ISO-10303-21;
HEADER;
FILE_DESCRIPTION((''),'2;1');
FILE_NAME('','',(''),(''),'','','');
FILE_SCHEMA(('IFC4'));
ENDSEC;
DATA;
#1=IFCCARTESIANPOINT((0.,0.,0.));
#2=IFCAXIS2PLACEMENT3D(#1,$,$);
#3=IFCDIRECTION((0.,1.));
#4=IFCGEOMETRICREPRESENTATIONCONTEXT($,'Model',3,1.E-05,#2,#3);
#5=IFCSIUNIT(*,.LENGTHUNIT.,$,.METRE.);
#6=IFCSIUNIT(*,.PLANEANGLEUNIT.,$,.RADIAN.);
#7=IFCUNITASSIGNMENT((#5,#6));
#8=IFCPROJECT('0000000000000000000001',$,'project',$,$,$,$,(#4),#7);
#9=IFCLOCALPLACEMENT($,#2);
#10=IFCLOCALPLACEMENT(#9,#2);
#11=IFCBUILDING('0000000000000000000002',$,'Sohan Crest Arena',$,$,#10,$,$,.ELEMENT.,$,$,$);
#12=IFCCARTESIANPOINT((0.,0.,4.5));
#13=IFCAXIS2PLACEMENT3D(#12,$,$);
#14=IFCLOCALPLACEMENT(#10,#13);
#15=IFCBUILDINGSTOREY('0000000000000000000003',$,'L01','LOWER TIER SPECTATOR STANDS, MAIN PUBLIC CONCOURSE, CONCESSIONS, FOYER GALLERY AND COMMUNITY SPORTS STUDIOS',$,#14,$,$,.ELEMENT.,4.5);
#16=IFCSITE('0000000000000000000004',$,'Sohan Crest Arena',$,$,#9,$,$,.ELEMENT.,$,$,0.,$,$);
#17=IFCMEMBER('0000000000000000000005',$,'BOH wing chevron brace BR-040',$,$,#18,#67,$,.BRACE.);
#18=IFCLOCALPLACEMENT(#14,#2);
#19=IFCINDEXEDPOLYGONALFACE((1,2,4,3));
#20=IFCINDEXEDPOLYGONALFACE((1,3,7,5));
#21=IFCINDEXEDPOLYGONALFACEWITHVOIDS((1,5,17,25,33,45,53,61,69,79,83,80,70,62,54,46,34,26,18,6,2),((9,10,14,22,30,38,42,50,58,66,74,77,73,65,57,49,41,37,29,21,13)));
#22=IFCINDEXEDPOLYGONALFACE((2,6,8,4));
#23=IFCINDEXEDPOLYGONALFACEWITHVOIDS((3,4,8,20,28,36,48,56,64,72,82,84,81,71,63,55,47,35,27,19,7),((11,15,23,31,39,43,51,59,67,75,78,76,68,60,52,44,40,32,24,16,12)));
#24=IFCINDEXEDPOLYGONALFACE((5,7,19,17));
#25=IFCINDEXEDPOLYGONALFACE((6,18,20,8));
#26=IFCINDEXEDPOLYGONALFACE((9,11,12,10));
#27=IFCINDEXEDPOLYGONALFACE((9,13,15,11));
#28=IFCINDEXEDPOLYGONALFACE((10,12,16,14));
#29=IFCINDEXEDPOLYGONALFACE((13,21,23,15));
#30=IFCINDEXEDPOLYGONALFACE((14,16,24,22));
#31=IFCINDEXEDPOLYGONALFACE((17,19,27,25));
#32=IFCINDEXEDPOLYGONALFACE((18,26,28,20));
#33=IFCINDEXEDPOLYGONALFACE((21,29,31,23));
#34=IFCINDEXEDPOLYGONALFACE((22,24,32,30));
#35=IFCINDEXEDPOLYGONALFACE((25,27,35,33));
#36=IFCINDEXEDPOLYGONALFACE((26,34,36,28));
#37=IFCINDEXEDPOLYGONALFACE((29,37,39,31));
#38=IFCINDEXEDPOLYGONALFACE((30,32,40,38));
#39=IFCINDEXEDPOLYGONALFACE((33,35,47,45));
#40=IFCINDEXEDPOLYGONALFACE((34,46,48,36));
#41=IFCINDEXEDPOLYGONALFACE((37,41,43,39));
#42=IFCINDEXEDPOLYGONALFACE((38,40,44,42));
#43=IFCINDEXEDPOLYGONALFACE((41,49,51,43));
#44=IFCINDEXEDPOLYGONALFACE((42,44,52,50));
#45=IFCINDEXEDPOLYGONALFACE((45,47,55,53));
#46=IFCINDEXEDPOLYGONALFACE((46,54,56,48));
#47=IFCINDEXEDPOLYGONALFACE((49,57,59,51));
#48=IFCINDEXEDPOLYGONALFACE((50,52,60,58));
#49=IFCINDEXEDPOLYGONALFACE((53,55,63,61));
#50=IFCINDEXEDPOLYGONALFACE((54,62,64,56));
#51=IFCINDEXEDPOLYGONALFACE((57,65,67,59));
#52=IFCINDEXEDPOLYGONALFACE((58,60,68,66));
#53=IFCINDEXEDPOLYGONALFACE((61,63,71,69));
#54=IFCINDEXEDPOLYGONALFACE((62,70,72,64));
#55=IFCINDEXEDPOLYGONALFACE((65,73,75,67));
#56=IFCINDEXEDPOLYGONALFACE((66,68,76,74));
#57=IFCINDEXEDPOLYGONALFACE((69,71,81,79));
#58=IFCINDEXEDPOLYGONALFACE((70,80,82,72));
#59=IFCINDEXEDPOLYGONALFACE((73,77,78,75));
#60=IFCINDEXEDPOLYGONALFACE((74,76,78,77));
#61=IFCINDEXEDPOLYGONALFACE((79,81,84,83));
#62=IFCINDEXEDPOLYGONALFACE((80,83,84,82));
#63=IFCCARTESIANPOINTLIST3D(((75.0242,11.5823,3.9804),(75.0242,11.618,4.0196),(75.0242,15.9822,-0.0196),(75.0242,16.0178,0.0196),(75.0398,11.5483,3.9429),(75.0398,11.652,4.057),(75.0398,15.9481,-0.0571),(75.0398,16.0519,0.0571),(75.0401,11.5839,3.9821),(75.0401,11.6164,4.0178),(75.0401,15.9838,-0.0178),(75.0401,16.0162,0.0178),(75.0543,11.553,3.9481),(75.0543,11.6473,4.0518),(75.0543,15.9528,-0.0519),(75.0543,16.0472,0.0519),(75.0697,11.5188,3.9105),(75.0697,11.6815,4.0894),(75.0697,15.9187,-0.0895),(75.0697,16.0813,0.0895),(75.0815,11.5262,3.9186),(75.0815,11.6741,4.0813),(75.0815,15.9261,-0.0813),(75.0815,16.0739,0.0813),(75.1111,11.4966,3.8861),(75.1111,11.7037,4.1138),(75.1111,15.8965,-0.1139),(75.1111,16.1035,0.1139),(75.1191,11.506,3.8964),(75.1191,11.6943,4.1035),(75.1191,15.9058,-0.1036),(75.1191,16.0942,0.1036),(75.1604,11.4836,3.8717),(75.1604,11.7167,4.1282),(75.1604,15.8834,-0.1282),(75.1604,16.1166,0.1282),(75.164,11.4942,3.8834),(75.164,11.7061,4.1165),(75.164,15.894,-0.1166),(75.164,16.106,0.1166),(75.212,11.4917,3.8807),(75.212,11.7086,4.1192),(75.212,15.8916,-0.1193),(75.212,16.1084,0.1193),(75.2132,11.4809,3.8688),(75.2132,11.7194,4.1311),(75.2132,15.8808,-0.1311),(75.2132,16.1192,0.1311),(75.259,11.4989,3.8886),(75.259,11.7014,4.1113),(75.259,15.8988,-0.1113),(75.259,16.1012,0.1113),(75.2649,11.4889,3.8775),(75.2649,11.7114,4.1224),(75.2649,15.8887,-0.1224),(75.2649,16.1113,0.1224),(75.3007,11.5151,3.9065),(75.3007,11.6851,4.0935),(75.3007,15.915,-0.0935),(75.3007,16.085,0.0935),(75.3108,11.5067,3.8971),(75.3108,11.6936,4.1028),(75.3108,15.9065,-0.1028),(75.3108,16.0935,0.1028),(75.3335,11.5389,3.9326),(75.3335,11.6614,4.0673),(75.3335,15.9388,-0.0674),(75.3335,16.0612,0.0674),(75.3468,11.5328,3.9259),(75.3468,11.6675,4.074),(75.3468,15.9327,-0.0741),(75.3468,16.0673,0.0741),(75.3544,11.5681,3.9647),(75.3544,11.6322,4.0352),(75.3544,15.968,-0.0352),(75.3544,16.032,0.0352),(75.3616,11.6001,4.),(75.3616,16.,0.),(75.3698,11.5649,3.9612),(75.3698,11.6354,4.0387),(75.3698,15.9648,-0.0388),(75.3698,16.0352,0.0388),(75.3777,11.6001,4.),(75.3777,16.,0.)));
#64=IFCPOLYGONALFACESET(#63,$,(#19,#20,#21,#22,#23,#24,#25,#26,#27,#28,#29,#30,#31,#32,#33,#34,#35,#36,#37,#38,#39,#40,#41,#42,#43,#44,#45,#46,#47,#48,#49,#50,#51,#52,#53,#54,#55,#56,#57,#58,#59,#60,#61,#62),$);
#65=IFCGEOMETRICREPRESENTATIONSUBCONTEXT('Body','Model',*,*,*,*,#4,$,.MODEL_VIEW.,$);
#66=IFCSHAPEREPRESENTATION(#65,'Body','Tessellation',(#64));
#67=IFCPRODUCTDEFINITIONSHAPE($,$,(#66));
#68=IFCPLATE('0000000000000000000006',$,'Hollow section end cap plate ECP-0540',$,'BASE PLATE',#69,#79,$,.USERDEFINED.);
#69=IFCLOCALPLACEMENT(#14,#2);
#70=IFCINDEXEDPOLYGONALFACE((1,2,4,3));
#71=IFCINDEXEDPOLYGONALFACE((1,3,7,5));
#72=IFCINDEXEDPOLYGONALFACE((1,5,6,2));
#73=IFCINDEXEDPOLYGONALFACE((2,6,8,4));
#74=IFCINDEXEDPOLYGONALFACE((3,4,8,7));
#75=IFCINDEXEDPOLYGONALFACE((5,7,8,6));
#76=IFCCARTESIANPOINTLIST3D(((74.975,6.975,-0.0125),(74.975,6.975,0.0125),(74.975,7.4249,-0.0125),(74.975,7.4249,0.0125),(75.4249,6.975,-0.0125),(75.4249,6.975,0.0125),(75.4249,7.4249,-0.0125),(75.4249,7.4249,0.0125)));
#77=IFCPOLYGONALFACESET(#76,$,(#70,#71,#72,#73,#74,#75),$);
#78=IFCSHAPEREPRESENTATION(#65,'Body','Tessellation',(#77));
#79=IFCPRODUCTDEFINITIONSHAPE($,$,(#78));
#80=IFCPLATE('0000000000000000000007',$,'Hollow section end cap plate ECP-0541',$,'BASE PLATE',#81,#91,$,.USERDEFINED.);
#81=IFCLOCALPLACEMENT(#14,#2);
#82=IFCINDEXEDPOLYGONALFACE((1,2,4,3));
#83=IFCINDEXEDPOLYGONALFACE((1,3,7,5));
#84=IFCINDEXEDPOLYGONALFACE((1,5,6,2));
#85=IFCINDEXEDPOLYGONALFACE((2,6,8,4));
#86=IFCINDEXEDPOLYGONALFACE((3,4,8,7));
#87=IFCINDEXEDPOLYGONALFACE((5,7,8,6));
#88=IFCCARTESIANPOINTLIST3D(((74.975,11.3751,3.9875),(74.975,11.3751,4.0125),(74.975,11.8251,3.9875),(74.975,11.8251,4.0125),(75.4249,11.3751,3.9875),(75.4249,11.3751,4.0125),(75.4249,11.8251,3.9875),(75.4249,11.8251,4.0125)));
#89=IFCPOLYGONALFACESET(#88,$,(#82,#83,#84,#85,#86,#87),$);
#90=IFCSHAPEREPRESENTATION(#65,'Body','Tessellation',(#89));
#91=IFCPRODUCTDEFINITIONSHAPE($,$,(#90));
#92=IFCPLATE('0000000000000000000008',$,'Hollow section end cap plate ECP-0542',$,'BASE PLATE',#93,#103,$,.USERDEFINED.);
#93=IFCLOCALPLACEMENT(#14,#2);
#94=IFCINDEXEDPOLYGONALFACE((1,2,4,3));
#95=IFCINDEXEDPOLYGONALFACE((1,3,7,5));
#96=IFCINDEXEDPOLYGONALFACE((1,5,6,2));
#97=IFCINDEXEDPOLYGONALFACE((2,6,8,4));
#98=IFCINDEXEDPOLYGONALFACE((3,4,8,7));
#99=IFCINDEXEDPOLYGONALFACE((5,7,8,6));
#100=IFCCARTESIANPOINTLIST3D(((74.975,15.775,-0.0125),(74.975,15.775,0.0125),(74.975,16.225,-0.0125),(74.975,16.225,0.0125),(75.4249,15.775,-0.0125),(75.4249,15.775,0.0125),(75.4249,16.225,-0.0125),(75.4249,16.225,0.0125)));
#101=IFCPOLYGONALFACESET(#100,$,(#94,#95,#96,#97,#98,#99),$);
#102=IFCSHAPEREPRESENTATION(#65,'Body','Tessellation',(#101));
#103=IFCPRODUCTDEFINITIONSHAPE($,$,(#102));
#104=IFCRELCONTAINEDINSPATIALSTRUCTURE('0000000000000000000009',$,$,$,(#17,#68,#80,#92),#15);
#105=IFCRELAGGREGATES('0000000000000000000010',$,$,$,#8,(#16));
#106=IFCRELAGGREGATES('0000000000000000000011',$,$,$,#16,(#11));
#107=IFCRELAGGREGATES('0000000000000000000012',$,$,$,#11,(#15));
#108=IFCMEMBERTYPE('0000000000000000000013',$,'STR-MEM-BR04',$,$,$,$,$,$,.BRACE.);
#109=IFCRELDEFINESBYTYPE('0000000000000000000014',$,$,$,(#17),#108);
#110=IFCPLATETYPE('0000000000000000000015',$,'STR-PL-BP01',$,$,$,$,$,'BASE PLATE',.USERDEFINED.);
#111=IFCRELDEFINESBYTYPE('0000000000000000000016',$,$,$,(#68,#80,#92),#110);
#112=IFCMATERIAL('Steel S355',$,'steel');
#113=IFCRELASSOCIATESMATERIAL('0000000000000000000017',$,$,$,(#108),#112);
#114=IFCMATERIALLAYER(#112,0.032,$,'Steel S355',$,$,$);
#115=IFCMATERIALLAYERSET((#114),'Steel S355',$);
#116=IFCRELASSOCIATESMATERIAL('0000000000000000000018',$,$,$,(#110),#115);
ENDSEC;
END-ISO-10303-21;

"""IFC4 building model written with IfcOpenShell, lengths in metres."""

from ifc_helpers import new_model, si_unit, direction, frame, origin, origin_2d, place, context, subcontext, project, spatial, rectangle, hollow_circle, extrude, material, layer, layer_set, material_profile, profile_set, type_object, element, save


model = new_model("IFC4")

# Units and contexts
model_context = context("Model", 3, precision=1e-05, world=origin(), true_north=direction((0.0, 1.0)))
body_context = subcontext(model_context, "Body", "Model", "MODEL_VIEW")
ifc_project = project(units=[si_unit("LENGTHUNIT", "METRE"), si_unit("PLANEANGLEUNIT", "RADIAN")], contexts=[model_context])

# Site, building, storey
site_placement = place(None, origin())
site = spatial("IfcSite", under=ifc_project, at=site_placement, Name="Sohan Crest Arena", CompositionType="ELEMENT", RefElevation=0.0)
building_placement = place(site_placement, origin())
building = spatial("IfcBuilding", under=site, at=building_placement, Name="Sohan Crest Arena", CompositionType="ELEMENT")
storey_placement = place(building_placement, frame((0.0, 0.0, 4.5)))
storey = spatial("IfcBuildingStorey", under=building, at=storey_placement, Name="L01", Description="LOWER TIER SPECTATOR STANDS, MAIN PUBLIC CONCOURSE, CONCESSIONS, FOYER GALLERY AND COMMUNITY SPORTS STUDIOS", CompositionType="ELEMENT", Elevation=4.5)

# Shared definitions
ifc_material_1 = material(Name="Steel S355", Category="steel")

# Member
ifc_material_profile_1 = material_profile(ifc_material_1, hollow_circle(Radius=0.1777, WallThickness=0.0161, at=origin_2d()), Name="CHS 355.6x16")
ifc_profile_set_1 = profile_set([ifc_material_profile_1], Name="Steel S355")
member_type = type_object("IfcMemberType", Name="STR-MEM-BR04", PredefinedType="BRACE", material=ifc_profile_set_1)
member_1_placement = place(storey_placement, frame((75.2, 16.0, 0.0), z_axis=(0.0, -0.739933, 0.672681), x_axis=(1.0, 0.0, 0.0)))
element("IfcMember", 1, at=member_1_placement, inside=storey, type_object=member_type, Name="BOH wing chevron brace BR-040", PredefinedType="BRACE", context=body_context, shape_type="SweptSolid", body=[
    extrude(hollow_circle(Radius=0.1777, WallThickness=0.0161, at=origin_2d()), origin(), (0.0, 0.0, 1.0), 5.9463),
])

# Plates
ifc_layer_1 = layer(ifc_material_1, 0.032, Name="Steel S355")
ifc_layer_set_1 = layer_set([ifc_layer_1], Name="Steel S355")
plate_type = type_object("IfcPlateType", Name="STR-PL-BP01", ElementType="BASE PLATE", PredefinedType="USERDEFINED", material=ifc_layer_set_1)
for number, where, z_axis, x_axis, name in (
    (2, (75.2, 7.2, -0.0125), (0.0, 0.0, 1.0), (1.0, 0.0, 0.0), "Hollow section end cap plate ECP-0540"),
    (3, (75.2, 11.6001, 3.9875), (0.0, 0.0, 1.0), (1.0, 0.0, 0.0), "Hollow section end cap plate ECP-0541"),
    (4, (75.2, 16.0, -0.0125), (0.0, 0.0, 1.0), (1.0, 0.0, 0.0), "Hollow section end cap plate ECP-0542"),
):
    element("IfcPlate", number, at=place(storey_placement, frame(where, z_axis=z_axis, x_axis=x_axis)), inside=storey, type_object=plate_type, Name=name, ObjectType="BASE PLATE", PredefinedType="USERDEFINED", context=body_context, shape_type="SweptSolid", body=[
        extrude(rectangle(XDim=0.45, YDim=0.45, at=origin_2d()), origin(), (0.0, 0.0, 1.0), 0.0249),
    ])

save(model, "model.ifc")
